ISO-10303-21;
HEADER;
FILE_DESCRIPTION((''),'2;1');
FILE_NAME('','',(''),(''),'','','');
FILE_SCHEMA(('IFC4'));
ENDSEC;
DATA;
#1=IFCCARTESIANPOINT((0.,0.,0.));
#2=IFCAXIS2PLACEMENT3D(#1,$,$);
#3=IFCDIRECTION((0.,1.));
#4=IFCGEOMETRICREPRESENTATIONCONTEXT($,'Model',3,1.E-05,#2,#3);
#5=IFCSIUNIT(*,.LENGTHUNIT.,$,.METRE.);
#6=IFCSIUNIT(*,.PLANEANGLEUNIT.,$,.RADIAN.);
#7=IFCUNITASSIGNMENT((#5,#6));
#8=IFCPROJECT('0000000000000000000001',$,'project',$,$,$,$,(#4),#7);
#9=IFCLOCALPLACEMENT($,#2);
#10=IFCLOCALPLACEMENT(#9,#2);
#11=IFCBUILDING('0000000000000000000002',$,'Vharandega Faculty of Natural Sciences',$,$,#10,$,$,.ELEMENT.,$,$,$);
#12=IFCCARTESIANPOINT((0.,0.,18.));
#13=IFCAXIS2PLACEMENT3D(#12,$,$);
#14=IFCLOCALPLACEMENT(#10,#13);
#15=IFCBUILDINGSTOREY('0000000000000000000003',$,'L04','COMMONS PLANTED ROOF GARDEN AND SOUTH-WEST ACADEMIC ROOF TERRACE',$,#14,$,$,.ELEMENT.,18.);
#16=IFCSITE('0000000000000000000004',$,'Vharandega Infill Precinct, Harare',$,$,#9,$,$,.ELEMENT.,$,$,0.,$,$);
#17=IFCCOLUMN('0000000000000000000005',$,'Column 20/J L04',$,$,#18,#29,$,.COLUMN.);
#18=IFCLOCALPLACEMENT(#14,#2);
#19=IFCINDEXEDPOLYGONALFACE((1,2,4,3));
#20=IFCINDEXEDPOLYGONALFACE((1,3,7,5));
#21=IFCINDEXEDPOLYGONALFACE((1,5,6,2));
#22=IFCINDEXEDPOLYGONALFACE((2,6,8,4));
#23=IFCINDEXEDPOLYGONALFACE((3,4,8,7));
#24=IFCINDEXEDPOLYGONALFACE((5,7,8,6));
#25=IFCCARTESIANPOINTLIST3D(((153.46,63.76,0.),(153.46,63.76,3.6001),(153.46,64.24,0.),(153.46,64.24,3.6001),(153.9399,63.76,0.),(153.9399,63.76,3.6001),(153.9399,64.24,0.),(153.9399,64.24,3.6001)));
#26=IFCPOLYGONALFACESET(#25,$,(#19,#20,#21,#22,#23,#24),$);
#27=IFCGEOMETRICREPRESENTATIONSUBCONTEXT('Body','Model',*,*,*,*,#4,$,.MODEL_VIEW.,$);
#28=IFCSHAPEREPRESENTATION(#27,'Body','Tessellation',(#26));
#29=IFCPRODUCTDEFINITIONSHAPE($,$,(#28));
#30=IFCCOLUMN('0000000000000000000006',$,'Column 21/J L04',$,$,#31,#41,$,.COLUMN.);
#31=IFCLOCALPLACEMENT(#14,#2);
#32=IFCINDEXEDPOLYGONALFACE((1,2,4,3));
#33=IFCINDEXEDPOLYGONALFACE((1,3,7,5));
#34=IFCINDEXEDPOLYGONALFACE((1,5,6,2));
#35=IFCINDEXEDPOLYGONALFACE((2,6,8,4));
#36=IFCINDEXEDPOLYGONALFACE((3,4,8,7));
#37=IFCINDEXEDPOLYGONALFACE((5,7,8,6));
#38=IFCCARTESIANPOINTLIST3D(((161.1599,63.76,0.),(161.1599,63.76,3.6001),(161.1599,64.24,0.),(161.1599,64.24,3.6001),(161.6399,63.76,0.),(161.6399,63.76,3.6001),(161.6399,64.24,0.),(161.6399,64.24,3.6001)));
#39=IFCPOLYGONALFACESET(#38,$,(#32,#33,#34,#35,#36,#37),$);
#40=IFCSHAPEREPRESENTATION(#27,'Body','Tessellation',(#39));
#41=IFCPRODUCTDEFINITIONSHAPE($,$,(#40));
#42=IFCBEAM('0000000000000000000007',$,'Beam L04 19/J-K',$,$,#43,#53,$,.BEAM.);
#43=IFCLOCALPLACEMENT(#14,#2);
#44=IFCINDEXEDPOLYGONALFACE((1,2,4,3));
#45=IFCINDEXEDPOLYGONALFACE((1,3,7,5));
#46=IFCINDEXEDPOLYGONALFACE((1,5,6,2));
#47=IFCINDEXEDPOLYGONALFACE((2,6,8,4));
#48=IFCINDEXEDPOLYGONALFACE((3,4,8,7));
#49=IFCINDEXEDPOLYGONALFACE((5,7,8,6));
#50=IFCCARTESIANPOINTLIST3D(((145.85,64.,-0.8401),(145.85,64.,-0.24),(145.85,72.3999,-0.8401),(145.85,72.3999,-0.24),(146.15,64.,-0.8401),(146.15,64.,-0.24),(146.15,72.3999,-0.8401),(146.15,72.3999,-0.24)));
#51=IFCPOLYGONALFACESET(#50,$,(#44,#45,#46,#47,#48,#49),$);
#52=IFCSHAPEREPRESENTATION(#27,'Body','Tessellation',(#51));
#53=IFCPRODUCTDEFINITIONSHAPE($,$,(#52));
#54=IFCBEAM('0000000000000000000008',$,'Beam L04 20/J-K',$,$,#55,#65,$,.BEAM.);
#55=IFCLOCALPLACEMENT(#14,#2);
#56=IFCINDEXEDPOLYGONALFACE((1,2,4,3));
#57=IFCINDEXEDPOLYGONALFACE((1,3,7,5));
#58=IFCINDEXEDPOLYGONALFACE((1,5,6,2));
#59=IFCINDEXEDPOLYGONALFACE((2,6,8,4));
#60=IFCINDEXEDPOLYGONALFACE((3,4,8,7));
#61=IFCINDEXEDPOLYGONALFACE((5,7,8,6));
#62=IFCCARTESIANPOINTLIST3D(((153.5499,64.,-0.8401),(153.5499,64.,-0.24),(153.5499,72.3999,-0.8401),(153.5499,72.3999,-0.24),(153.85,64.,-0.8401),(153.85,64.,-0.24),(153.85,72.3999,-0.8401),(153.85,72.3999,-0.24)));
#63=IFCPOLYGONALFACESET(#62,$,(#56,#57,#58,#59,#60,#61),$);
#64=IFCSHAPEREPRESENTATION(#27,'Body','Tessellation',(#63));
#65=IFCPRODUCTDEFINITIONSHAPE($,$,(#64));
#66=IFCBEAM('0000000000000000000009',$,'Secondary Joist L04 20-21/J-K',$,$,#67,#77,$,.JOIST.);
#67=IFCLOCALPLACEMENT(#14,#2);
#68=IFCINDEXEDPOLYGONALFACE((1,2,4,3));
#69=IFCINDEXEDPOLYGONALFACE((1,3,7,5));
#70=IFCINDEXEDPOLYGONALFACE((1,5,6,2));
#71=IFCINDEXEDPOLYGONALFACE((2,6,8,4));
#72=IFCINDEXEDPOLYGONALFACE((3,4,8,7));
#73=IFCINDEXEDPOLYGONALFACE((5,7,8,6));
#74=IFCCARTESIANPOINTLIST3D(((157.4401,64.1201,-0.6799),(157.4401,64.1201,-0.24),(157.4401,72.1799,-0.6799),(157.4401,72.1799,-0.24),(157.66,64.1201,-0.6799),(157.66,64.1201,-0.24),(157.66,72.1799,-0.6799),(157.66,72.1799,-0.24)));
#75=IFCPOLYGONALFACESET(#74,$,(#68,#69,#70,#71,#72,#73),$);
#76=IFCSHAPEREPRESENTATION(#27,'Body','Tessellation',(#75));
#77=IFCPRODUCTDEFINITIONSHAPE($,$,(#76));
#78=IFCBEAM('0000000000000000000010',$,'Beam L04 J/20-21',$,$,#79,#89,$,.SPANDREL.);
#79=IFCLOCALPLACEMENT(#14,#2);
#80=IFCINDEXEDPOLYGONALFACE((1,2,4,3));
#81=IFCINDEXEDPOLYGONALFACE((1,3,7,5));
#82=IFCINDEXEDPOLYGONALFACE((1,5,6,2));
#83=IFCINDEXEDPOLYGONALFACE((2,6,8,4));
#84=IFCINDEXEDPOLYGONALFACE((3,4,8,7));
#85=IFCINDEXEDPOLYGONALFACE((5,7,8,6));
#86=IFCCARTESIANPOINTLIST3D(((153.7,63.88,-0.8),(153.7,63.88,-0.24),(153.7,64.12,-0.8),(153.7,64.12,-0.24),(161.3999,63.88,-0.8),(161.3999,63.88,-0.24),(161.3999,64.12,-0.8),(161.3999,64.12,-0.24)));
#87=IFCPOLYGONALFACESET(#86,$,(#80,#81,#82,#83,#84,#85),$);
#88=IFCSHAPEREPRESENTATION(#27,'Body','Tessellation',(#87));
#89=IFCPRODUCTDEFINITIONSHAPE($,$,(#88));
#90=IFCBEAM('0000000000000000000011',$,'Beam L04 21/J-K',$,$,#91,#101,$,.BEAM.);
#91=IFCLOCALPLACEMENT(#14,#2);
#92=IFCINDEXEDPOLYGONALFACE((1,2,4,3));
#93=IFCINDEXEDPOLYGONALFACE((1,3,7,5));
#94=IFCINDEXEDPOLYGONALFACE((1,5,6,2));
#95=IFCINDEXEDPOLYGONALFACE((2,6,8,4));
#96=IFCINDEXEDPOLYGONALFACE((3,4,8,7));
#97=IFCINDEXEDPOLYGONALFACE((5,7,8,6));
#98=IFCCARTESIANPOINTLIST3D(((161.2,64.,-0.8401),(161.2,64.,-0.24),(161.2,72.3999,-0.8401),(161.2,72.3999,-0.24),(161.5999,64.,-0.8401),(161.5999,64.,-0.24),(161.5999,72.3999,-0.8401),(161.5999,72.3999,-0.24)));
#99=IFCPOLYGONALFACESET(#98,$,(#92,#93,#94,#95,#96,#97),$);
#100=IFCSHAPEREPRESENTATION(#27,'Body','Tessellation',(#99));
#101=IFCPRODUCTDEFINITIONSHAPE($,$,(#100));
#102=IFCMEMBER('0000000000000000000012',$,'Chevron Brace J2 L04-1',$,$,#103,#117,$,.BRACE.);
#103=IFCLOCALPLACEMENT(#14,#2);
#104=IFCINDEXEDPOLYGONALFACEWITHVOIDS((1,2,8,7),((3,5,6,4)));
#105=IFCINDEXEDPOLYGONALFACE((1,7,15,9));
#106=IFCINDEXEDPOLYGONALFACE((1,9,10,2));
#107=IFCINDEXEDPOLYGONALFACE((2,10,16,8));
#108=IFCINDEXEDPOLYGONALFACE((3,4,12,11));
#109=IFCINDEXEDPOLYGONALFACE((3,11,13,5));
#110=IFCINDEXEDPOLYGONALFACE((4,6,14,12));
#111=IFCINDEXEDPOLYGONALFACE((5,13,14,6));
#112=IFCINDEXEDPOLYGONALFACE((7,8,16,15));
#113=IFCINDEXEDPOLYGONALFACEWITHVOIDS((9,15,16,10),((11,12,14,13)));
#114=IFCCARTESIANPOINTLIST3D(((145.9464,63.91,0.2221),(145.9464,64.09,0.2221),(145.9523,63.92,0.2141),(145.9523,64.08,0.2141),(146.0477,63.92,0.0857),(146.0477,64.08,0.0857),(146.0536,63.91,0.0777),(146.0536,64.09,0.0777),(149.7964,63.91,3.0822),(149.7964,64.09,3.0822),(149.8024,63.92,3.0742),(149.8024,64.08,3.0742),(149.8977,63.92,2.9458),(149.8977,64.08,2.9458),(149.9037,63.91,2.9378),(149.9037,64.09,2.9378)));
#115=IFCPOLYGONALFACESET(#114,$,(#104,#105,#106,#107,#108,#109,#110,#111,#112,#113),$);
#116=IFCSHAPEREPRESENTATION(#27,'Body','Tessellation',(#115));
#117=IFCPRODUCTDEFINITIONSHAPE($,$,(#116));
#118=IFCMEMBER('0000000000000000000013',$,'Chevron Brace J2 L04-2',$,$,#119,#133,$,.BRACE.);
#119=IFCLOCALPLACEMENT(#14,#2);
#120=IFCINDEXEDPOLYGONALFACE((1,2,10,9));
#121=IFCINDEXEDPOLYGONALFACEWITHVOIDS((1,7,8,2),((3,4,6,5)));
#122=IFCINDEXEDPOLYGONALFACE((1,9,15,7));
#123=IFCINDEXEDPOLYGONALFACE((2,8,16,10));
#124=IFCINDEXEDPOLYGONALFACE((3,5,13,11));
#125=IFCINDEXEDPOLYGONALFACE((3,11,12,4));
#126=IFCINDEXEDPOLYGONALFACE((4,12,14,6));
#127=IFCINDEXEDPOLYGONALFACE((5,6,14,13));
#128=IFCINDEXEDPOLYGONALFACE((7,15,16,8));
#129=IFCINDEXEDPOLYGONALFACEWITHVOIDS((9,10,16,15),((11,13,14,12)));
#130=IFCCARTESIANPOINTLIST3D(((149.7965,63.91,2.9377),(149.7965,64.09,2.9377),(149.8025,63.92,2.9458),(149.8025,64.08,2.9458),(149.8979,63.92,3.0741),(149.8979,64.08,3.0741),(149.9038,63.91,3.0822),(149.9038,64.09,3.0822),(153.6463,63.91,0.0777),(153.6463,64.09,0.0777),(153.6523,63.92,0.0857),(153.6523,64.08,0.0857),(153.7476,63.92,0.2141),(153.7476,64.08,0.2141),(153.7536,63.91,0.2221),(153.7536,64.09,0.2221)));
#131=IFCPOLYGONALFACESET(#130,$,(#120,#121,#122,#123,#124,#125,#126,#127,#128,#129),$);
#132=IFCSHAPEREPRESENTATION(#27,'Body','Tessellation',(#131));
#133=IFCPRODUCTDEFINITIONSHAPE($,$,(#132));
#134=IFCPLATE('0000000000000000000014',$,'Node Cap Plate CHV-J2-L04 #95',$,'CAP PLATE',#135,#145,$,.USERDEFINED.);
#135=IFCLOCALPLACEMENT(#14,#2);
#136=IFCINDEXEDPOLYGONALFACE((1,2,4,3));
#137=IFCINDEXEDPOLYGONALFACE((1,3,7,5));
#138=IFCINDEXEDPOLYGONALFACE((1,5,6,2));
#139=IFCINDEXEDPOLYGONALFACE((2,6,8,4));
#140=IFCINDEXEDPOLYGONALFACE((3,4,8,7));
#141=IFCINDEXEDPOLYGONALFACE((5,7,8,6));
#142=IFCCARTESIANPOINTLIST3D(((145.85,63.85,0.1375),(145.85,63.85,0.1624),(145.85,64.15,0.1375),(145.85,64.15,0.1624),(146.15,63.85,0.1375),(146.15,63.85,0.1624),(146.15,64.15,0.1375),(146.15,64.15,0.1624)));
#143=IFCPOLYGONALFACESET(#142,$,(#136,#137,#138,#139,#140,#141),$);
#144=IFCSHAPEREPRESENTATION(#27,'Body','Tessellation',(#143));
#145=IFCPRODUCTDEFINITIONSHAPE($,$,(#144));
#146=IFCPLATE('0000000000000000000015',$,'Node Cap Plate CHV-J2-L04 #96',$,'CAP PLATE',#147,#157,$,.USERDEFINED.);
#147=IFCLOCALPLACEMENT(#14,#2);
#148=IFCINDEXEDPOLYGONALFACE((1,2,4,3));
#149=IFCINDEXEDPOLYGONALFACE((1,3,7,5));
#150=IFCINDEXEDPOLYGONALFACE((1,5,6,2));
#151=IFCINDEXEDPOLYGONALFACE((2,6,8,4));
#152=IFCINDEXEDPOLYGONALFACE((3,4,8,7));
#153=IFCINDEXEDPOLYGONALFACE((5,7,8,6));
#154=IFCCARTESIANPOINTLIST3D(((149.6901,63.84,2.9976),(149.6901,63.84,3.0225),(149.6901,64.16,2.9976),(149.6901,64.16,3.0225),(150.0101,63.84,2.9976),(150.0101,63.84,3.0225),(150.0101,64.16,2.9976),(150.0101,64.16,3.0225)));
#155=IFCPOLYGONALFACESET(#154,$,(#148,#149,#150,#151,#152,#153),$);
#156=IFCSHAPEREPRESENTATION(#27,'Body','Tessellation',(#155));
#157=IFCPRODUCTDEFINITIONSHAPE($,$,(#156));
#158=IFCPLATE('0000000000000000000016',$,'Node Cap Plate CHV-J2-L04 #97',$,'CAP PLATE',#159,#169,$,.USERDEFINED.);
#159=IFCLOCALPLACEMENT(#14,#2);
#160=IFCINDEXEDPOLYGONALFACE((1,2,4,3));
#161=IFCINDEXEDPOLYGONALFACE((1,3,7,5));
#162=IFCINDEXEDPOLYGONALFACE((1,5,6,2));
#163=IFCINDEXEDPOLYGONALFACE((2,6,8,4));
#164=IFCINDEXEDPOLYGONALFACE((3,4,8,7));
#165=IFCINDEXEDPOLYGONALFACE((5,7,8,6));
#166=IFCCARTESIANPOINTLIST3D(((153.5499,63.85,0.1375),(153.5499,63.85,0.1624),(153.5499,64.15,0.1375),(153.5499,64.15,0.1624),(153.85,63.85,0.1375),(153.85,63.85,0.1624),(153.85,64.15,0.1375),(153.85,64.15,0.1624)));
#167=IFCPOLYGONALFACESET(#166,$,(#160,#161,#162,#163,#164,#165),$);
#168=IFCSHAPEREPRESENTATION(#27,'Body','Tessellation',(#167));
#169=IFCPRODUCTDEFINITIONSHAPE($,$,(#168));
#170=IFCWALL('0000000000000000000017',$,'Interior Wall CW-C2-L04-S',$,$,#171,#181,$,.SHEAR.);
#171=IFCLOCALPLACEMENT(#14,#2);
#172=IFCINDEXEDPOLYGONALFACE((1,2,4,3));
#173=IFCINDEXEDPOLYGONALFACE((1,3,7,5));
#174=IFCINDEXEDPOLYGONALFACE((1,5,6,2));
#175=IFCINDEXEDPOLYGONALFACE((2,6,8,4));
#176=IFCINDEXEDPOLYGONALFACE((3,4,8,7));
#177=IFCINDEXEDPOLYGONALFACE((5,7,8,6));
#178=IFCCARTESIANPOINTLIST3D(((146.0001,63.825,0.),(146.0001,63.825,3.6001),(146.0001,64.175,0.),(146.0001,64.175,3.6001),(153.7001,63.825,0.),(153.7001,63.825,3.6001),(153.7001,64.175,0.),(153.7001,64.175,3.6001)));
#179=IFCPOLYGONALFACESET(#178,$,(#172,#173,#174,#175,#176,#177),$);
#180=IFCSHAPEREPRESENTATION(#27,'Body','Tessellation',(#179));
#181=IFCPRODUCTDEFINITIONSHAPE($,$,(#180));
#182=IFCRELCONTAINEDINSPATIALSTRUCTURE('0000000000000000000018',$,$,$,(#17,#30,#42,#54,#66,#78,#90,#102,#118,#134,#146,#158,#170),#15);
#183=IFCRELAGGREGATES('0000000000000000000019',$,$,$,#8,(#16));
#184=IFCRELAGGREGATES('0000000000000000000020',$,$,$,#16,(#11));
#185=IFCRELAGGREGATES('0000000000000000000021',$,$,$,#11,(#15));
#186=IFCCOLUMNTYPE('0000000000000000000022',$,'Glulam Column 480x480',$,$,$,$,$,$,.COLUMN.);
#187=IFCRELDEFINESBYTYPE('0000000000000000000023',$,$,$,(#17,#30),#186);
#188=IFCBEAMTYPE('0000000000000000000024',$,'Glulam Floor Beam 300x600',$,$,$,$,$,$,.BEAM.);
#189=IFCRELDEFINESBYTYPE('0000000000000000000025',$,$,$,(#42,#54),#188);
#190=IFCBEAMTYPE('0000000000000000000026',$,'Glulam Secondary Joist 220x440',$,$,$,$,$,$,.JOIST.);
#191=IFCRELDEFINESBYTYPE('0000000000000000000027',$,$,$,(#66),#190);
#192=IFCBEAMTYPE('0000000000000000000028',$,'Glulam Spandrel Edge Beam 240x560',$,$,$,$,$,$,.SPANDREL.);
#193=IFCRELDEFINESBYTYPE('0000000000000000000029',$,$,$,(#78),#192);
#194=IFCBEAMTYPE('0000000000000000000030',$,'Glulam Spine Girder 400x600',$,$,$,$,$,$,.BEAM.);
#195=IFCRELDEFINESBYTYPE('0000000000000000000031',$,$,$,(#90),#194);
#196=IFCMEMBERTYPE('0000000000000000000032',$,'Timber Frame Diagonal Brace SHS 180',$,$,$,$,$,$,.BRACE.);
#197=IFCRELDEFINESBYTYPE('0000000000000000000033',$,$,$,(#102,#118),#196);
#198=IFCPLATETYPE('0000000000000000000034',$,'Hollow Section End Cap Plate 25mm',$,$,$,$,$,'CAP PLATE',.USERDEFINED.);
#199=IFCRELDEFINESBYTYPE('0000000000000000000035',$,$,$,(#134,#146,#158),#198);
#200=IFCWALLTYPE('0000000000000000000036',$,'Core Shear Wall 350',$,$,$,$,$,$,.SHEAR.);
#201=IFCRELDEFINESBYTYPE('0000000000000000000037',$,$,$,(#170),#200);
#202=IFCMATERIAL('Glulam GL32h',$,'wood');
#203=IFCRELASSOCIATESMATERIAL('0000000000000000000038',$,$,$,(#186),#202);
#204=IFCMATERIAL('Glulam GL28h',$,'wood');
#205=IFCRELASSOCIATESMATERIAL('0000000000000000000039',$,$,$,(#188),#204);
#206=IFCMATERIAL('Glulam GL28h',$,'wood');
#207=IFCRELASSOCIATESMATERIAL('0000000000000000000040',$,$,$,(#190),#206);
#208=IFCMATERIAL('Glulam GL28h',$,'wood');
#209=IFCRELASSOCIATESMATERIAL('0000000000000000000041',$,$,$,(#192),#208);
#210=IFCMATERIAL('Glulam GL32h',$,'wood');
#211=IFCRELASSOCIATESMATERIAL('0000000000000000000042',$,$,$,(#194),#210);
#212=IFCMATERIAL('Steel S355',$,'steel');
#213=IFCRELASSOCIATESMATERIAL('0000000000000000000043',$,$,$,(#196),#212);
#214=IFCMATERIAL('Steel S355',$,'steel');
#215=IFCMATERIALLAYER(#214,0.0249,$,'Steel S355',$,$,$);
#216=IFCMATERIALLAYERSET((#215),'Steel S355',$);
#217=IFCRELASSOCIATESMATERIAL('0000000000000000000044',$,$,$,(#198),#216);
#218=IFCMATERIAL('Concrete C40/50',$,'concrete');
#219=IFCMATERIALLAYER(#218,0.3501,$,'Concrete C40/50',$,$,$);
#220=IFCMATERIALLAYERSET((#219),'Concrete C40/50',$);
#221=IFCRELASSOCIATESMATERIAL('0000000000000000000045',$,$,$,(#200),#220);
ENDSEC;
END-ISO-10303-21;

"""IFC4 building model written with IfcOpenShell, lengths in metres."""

from ifc_helpers import new_model, si_unit, direction, frame, frame_2d, origin, origin_2d, place, context, subcontext, project, spatial, rectangle, hollow_rectangle, extrude, material, layer, layer_set, material_profile, profile_set, type_object, element, save


model = new_model("IFC4")

# Units and contexts
model_context = context("Model", 3, precision=1e-05, world=origin(), true_north=direction((0.0, 1.0)))
body_context = subcontext(model_context, "Body", "Model", "MODEL_VIEW")
ifc_project = project(units=[si_unit("LENGTHUNIT", "METRE"), si_unit("PLANEANGLEUNIT", "RADIAN")], contexts=[model_context])

# Site, building, storey
site_placement = place(None, origin())
site = spatial("IfcSite", under=ifc_project, at=site_placement, Name="Vharandega Infill Precinct, Harare", CompositionType="ELEMENT", RefElevation=0.0)
building_placement = place(site_placement, origin())
building = spatial("IfcBuilding", under=site, at=building_placement, Name="Vharandega Faculty of Natural Sciences", CompositionType="ELEMENT")
storey_placement = place(building_placement, frame((0.0, 0.0, 18.0)))
storey = spatial("IfcBuildingStorey", under=building, at=storey_placement, Name="L04", Description="COMMONS PLANTED ROOF GARDEN AND SOUTH-WEST ACADEMIC ROOF TERRACE", CompositionType="ELEMENT", Elevation=18.0)

# Columns
ifc_material_1 = material(Name="Glulam GL32h", Category="wood")
ifc_material_profile_1 = material_profile(ifc_material_1, rectangle(XDim=0.48, YDim=0.48, at=origin_2d()), Name="GL32h 480x480")
ifc_profile_set_1 = profile_set([ifc_material_profile_1], Name="Glulam GL32h")
column_type = type_object("IfcColumnType", Name="Glulam Column 480x480", PredefinedType="COLUMN", material=ifc_profile_set_1)
for number, where, z_axis, x_axis, name in (
    (1, (153.7, 64.0, 0.0), (0.0, 0.0, 1.0), (1.0, 0.0, 0.0), "Column 20/J L04"),
    (2, (161.3999, 64.0, 0.0), (0.0, 0.0, 1.0), (1.0, 0.0, 0.0), "Column 21/J L04"),
):
    element("IfcColumn", number, at=place(storey_placement, frame(where, z_axis=z_axis, x_axis=x_axis)), inside=storey, type_object=column_type, Name=name, PredefinedType="COLUMN", context=body_context, shape_type="SweptSolid", body=[
        extrude(rectangle(XDim=0.48, YDim=0.48, at=origin_2d()), origin(), (0.0, 0.0, 1.0), 3.6001),
    ])

# Beams
ifc_material_2 = material(Name="Glulam GL28h", Category="wood")
ifc_material_profile_2 = material_profile(ifc_material_2, rectangle(XDim=0.3, YDim=0.6001, at=origin_2d()), Name="GL28h 300x600")
ifc_profile_set_2 = profile_set([ifc_material_profile_2], Name="Glulam GL28h")
beam_type_1 = type_object("IfcBeamType", Name="Glulam Floor Beam 300x600", PredefinedType="BEAM", material=ifc_profile_set_2)
for number, where, z_axis, x_axis, name in (
    (3, (146.0, 64.0, -0.54), (0.0, 1.0, 0.0), (-1.0, 0.0, 0.0), "Beam L04 19/J-K"),
    (4, (153.7, 64.0, -0.54), (0.0, 1.0, 0.0), (-1.0, 0.0, 0.0), "Beam L04 20/J-K"),
):
    element("IfcBeam", number, at=place(storey_placement, frame(where, z_axis=z_axis, x_axis=x_axis)), inside=storey, type_object=beam_type_1, Name=name, PredefinedType="BEAM", context=body_context, shape_type="SweptSolid", body=[
        extrude(rectangle(XDim=0.3, YDim=0.6001, at=origin_2d()), origin(), (0.0, 0.0, 1.0), 8.3999),
    ])
ifc_material_3 = material(Name="Glulam GL28h", Category="wood")
ifc_material_profile_3 = material_profile(ifc_material_3, rectangle(XDim=0.22, YDim=0.4399, at=origin_2d()), Name="GL28h 220x440")
ifc_profile_set_3 = profile_set([ifc_material_profile_3], Name="Glulam GL28h")
beam_type_2 = type_object("IfcBeamType", Name="Glulam Secondary Joist 220x440", PredefinedType="JOIST", material=ifc_profile_set_3)
beam_1_placement = place(storey_placement, frame((157.55, 64.1201, -0.46), z_axis=(0.0, 1.0, 0.0), x_axis=(-1.0, 0.0, 0.0)))
element("IfcBeam", 5, at=beam_1_placement, inside=storey, type_object=beam_type_2, Name="Secondary Joist L04 20-21/J-K", PredefinedType="JOIST", context=body_context, shape_type="SweptSolid", body=[
    extrude(rectangle(XDim=0.22, YDim=0.4399, at=origin_2d()), origin(), (0.0, 0.0, 1.0), 8.0598),
])
ifc_material_4 = material(Name="Glulam GL28h", Category="wood")
ifc_material_profile_4 = material_profile(ifc_material_4, rectangle(XDim=0.24, YDim=0.5601, at=origin_2d()), Name="GL28h 240x560")
ifc_profile_set_4 = profile_set([ifc_material_profile_4], Name="Glulam GL28h")
beam_type_3 = type_object("IfcBeamType", Name="Glulam Spandrel Edge Beam 240x560", PredefinedType="SPANDREL", material=ifc_profile_set_4)
beam_2_placement = place(storey_placement, frame((153.7, 64.0, -0.52), z_axis=(1.0, 0.0, 0.0), x_axis=(0.0, 1.0, 0.0)))
element("IfcBeam", 6, at=beam_2_placement, inside=storey, type_object=beam_type_3, Name="Beam L04 J/20-21", PredefinedType="SPANDREL", context=body_context, shape_type="SweptSolid", body=[
    extrude(rectangle(XDim=0.24, YDim=0.5601, at=origin_2d()), origin(), (0.0, 0.0, 1.0), 7.7),
])
ifc_material_5 = material(Name="Glulam GL32h", Category="wood")
ifc_material_profile_5 = material_profile(ifc_material_5, rectangle(XDim=0.3999, YDim=0.6001, at=origin_2d()), Name="GL32h 400x600")
ifc_profile_set_5 = profile_set([ifc_material_profile_5], Name="Glulam GL32h")
beam_type_4 = type_object("IfcBeamType", Name="Glulam Spine Girder 400x600", PredefinedType="BEAM", material=ifc_profile_set_5)
beam_3_placement = place(storey_placement, frame((161.3999, 64.0, -0.54), z_axis=(0.0, 1.0, 0.0), x_axis=(-1.0, 0.0, 0.0)))
element("IfcBeam", 7, at=beam_3_placement, inside=storey, type_object=beam_type_4, Name="Beam L04 21/J-K", PredefinedType="BEAM", context=body_context, shape_type="SweptSolid", body=[
    extrude(rectangle(XDim=0.3999, YDim=0.6001, at=origin_2d()), origin(), (0.0, 0.0, 1.0), 8.3999),
])

# Members
ifc_material_6 = material(Name="Steel S355", Category="steel")
ifc_material_profile_6 = material_profile(ifc_material_6, hollow_rectangle(XDim=0.1799, YDim=0.1799, WallThickness=0.01, at=origin_2d()), Name="SHS 180x180x10")
ifc_profile_set_6 = profile_set([ifc_material_profile_6], Name="Steel S355")
member_type = type_object("IfcMemberType", Name="Timber Frame Diagonal Brace SHS 180", PredefinedType="BRACE", material=ifc_profile_set_6)
member_1_placement = place(storey_placement, frame((146.0, 64.0, 0.1499), z_axis=(0.80274, 0.0, 0.596329), x_axis=(0.0, 1.0, 0.0)))
element("IfcMember", 8, at=member_1_placement, inside=storey, type_object=member_type, Name="Chevron Brace J2 L04-1", PredefinedType="BRACE", context=body_context, shape_type="SweptSolid", body=[
    extrude(hollow_rectangle(XDim=0.1799, YDim=0.1799, WallThickness=0.01, at=origin_2d()), origin(), (0.0, 0.0, 1.0), 4.7961),
])
member_2_placement = place(storey_placement, frame((153.7, 64.0, 0.1499), z_axis=(-0.802722, 0.0, 0.596353), x_axis=(0.0, -1.0, 0.0)))
element("IfcMember", 9, at=member_2_placement, inside=storey, type_object=member_type, Name="Chevron Brace J2 L04-2", PredefinedType="BRACE", context=body_context, shape_type="SweptSolid", body=[
    extrude(hollow_rectangle(XDim=0.1799, YDim=0.1799, WallThickness=0.01, at=origin_2d()), origin(), (0.0, 0.0, 1.0), 4.7959),
])

# Plates
ifc_material_7 = material(Name="Steel S355", Category="steel")
ifc_layer_1 = layer(ifc_material_7, 0.0249, Name="Steel S355")
ifc_layer_set_1 = layer_set([ifc_layer_1], Name="Steel S355")
plate_type = type_object("IfcPlateType", Name="Hollow Section End Cap Plate 25mm", ElementType="CAP PLATE", PredefinedType="USERDEFINED", material=ifc_layer_set_1)
plate_1_placement = place(storey_placement, frame((146.0, 64.0, 0.1375), z_axis=(0.0, 0.0, 1.0), x_axis=(1.0, 0.0, 0.0)))
element("IfcPlate", 10, at=plate_1_placement, inside=storey, type_object=plate_type, Name="Node Cap Plate CHV-J2-L04 #95", ObjectType="CAP PLATE", PredefinedType="USERDEFINED", context=body_context, shape_type="SweptSolid", body=[
    extrude(rectangle(XDim=0.3, YDim=0.3, at=origin_2d()), origin(), (0.0, 0.0, 1.0), 0.0249),
])
plate_2_placement = place(storey_placement, frame((149.8501, 64.0, 2.9976), z_axis=(0.0, 0.0, 1.0), x_axis=(1.0, 0.0, 0.0)))
element("IfcPlate", 11, at=plate_2_placement, inside=storey, type_object=plate_type, Name="Node Cap Plate CHV-J2-L04 #96", ObjectType="CAP PLATE", PredefinedType="USERDEFINED", context=body_context, shape_type="SweptSolid", body=[
    extrude(rectangle(XDim=0.3201, YDim=0.3201, at=origin_2d()), origin(), (0.0, 0.0, 1.0), 0.0249),
])
plate_3_placement = place(storey_placement, frame((153.7, 64.0, 0.1375), z_axis=(0.0, 0.0, 1.0), x_axis=(1.0, 0.0, 0.0)))
element("IfcPlate", 12, at=plate_3_placement, inside=storey, type_object=plate_type, Name="Node Cap Plate CHV-J2-L04 #97", ObjectType="CAP PLATE", PredefinedType="USERDEFINED", context=body_context, shape_type="SweptSolid", body=[
    extrude(rectangle(XDim=0.3, YDim=0.3, at=origin_2d()), origin(), (0.0, 0.0, 1.0), 0.0249),
])

# Wall
ifc_material_8 = material(Name="Concrete C40/50", Category="concrete")
ifc_layer_2 = layer(ifc_material_8, 0.3501, Name="Concrete C40/50")
ifc_layer_set_2 = layer_set([ifc_layer_2], Name="Concrete C40/50")
wall_type_1 = type_object("IfcWallType", Name="Core Shear Wall 350", PredefinedType="SHEAR", material=ifc_layer_set_2)
wall_1_placement = place(storey_placement, frame((146.0, 64.0, 0.0), z_axis=(0.0, 0.0, 1.0), x_axis=(1.0, 0.0, 0.0)))
element("IfcWall", 13, at=wall_1_placement, inside=storey, type_object=wall_type_1, Name="Interior Wall CW-C2-L04-S", PredefinedType="SHEAR", context=body_context, shape_type="SweptSolid", body=[
    extrude(rectangle(XDim=7.7, YDim=0.3501, at=frame_2d((3.8501, 0.0))), origin(), (0.0, 0.0, 1.0), 3.6001),
])

save(model, "model.ifc")
